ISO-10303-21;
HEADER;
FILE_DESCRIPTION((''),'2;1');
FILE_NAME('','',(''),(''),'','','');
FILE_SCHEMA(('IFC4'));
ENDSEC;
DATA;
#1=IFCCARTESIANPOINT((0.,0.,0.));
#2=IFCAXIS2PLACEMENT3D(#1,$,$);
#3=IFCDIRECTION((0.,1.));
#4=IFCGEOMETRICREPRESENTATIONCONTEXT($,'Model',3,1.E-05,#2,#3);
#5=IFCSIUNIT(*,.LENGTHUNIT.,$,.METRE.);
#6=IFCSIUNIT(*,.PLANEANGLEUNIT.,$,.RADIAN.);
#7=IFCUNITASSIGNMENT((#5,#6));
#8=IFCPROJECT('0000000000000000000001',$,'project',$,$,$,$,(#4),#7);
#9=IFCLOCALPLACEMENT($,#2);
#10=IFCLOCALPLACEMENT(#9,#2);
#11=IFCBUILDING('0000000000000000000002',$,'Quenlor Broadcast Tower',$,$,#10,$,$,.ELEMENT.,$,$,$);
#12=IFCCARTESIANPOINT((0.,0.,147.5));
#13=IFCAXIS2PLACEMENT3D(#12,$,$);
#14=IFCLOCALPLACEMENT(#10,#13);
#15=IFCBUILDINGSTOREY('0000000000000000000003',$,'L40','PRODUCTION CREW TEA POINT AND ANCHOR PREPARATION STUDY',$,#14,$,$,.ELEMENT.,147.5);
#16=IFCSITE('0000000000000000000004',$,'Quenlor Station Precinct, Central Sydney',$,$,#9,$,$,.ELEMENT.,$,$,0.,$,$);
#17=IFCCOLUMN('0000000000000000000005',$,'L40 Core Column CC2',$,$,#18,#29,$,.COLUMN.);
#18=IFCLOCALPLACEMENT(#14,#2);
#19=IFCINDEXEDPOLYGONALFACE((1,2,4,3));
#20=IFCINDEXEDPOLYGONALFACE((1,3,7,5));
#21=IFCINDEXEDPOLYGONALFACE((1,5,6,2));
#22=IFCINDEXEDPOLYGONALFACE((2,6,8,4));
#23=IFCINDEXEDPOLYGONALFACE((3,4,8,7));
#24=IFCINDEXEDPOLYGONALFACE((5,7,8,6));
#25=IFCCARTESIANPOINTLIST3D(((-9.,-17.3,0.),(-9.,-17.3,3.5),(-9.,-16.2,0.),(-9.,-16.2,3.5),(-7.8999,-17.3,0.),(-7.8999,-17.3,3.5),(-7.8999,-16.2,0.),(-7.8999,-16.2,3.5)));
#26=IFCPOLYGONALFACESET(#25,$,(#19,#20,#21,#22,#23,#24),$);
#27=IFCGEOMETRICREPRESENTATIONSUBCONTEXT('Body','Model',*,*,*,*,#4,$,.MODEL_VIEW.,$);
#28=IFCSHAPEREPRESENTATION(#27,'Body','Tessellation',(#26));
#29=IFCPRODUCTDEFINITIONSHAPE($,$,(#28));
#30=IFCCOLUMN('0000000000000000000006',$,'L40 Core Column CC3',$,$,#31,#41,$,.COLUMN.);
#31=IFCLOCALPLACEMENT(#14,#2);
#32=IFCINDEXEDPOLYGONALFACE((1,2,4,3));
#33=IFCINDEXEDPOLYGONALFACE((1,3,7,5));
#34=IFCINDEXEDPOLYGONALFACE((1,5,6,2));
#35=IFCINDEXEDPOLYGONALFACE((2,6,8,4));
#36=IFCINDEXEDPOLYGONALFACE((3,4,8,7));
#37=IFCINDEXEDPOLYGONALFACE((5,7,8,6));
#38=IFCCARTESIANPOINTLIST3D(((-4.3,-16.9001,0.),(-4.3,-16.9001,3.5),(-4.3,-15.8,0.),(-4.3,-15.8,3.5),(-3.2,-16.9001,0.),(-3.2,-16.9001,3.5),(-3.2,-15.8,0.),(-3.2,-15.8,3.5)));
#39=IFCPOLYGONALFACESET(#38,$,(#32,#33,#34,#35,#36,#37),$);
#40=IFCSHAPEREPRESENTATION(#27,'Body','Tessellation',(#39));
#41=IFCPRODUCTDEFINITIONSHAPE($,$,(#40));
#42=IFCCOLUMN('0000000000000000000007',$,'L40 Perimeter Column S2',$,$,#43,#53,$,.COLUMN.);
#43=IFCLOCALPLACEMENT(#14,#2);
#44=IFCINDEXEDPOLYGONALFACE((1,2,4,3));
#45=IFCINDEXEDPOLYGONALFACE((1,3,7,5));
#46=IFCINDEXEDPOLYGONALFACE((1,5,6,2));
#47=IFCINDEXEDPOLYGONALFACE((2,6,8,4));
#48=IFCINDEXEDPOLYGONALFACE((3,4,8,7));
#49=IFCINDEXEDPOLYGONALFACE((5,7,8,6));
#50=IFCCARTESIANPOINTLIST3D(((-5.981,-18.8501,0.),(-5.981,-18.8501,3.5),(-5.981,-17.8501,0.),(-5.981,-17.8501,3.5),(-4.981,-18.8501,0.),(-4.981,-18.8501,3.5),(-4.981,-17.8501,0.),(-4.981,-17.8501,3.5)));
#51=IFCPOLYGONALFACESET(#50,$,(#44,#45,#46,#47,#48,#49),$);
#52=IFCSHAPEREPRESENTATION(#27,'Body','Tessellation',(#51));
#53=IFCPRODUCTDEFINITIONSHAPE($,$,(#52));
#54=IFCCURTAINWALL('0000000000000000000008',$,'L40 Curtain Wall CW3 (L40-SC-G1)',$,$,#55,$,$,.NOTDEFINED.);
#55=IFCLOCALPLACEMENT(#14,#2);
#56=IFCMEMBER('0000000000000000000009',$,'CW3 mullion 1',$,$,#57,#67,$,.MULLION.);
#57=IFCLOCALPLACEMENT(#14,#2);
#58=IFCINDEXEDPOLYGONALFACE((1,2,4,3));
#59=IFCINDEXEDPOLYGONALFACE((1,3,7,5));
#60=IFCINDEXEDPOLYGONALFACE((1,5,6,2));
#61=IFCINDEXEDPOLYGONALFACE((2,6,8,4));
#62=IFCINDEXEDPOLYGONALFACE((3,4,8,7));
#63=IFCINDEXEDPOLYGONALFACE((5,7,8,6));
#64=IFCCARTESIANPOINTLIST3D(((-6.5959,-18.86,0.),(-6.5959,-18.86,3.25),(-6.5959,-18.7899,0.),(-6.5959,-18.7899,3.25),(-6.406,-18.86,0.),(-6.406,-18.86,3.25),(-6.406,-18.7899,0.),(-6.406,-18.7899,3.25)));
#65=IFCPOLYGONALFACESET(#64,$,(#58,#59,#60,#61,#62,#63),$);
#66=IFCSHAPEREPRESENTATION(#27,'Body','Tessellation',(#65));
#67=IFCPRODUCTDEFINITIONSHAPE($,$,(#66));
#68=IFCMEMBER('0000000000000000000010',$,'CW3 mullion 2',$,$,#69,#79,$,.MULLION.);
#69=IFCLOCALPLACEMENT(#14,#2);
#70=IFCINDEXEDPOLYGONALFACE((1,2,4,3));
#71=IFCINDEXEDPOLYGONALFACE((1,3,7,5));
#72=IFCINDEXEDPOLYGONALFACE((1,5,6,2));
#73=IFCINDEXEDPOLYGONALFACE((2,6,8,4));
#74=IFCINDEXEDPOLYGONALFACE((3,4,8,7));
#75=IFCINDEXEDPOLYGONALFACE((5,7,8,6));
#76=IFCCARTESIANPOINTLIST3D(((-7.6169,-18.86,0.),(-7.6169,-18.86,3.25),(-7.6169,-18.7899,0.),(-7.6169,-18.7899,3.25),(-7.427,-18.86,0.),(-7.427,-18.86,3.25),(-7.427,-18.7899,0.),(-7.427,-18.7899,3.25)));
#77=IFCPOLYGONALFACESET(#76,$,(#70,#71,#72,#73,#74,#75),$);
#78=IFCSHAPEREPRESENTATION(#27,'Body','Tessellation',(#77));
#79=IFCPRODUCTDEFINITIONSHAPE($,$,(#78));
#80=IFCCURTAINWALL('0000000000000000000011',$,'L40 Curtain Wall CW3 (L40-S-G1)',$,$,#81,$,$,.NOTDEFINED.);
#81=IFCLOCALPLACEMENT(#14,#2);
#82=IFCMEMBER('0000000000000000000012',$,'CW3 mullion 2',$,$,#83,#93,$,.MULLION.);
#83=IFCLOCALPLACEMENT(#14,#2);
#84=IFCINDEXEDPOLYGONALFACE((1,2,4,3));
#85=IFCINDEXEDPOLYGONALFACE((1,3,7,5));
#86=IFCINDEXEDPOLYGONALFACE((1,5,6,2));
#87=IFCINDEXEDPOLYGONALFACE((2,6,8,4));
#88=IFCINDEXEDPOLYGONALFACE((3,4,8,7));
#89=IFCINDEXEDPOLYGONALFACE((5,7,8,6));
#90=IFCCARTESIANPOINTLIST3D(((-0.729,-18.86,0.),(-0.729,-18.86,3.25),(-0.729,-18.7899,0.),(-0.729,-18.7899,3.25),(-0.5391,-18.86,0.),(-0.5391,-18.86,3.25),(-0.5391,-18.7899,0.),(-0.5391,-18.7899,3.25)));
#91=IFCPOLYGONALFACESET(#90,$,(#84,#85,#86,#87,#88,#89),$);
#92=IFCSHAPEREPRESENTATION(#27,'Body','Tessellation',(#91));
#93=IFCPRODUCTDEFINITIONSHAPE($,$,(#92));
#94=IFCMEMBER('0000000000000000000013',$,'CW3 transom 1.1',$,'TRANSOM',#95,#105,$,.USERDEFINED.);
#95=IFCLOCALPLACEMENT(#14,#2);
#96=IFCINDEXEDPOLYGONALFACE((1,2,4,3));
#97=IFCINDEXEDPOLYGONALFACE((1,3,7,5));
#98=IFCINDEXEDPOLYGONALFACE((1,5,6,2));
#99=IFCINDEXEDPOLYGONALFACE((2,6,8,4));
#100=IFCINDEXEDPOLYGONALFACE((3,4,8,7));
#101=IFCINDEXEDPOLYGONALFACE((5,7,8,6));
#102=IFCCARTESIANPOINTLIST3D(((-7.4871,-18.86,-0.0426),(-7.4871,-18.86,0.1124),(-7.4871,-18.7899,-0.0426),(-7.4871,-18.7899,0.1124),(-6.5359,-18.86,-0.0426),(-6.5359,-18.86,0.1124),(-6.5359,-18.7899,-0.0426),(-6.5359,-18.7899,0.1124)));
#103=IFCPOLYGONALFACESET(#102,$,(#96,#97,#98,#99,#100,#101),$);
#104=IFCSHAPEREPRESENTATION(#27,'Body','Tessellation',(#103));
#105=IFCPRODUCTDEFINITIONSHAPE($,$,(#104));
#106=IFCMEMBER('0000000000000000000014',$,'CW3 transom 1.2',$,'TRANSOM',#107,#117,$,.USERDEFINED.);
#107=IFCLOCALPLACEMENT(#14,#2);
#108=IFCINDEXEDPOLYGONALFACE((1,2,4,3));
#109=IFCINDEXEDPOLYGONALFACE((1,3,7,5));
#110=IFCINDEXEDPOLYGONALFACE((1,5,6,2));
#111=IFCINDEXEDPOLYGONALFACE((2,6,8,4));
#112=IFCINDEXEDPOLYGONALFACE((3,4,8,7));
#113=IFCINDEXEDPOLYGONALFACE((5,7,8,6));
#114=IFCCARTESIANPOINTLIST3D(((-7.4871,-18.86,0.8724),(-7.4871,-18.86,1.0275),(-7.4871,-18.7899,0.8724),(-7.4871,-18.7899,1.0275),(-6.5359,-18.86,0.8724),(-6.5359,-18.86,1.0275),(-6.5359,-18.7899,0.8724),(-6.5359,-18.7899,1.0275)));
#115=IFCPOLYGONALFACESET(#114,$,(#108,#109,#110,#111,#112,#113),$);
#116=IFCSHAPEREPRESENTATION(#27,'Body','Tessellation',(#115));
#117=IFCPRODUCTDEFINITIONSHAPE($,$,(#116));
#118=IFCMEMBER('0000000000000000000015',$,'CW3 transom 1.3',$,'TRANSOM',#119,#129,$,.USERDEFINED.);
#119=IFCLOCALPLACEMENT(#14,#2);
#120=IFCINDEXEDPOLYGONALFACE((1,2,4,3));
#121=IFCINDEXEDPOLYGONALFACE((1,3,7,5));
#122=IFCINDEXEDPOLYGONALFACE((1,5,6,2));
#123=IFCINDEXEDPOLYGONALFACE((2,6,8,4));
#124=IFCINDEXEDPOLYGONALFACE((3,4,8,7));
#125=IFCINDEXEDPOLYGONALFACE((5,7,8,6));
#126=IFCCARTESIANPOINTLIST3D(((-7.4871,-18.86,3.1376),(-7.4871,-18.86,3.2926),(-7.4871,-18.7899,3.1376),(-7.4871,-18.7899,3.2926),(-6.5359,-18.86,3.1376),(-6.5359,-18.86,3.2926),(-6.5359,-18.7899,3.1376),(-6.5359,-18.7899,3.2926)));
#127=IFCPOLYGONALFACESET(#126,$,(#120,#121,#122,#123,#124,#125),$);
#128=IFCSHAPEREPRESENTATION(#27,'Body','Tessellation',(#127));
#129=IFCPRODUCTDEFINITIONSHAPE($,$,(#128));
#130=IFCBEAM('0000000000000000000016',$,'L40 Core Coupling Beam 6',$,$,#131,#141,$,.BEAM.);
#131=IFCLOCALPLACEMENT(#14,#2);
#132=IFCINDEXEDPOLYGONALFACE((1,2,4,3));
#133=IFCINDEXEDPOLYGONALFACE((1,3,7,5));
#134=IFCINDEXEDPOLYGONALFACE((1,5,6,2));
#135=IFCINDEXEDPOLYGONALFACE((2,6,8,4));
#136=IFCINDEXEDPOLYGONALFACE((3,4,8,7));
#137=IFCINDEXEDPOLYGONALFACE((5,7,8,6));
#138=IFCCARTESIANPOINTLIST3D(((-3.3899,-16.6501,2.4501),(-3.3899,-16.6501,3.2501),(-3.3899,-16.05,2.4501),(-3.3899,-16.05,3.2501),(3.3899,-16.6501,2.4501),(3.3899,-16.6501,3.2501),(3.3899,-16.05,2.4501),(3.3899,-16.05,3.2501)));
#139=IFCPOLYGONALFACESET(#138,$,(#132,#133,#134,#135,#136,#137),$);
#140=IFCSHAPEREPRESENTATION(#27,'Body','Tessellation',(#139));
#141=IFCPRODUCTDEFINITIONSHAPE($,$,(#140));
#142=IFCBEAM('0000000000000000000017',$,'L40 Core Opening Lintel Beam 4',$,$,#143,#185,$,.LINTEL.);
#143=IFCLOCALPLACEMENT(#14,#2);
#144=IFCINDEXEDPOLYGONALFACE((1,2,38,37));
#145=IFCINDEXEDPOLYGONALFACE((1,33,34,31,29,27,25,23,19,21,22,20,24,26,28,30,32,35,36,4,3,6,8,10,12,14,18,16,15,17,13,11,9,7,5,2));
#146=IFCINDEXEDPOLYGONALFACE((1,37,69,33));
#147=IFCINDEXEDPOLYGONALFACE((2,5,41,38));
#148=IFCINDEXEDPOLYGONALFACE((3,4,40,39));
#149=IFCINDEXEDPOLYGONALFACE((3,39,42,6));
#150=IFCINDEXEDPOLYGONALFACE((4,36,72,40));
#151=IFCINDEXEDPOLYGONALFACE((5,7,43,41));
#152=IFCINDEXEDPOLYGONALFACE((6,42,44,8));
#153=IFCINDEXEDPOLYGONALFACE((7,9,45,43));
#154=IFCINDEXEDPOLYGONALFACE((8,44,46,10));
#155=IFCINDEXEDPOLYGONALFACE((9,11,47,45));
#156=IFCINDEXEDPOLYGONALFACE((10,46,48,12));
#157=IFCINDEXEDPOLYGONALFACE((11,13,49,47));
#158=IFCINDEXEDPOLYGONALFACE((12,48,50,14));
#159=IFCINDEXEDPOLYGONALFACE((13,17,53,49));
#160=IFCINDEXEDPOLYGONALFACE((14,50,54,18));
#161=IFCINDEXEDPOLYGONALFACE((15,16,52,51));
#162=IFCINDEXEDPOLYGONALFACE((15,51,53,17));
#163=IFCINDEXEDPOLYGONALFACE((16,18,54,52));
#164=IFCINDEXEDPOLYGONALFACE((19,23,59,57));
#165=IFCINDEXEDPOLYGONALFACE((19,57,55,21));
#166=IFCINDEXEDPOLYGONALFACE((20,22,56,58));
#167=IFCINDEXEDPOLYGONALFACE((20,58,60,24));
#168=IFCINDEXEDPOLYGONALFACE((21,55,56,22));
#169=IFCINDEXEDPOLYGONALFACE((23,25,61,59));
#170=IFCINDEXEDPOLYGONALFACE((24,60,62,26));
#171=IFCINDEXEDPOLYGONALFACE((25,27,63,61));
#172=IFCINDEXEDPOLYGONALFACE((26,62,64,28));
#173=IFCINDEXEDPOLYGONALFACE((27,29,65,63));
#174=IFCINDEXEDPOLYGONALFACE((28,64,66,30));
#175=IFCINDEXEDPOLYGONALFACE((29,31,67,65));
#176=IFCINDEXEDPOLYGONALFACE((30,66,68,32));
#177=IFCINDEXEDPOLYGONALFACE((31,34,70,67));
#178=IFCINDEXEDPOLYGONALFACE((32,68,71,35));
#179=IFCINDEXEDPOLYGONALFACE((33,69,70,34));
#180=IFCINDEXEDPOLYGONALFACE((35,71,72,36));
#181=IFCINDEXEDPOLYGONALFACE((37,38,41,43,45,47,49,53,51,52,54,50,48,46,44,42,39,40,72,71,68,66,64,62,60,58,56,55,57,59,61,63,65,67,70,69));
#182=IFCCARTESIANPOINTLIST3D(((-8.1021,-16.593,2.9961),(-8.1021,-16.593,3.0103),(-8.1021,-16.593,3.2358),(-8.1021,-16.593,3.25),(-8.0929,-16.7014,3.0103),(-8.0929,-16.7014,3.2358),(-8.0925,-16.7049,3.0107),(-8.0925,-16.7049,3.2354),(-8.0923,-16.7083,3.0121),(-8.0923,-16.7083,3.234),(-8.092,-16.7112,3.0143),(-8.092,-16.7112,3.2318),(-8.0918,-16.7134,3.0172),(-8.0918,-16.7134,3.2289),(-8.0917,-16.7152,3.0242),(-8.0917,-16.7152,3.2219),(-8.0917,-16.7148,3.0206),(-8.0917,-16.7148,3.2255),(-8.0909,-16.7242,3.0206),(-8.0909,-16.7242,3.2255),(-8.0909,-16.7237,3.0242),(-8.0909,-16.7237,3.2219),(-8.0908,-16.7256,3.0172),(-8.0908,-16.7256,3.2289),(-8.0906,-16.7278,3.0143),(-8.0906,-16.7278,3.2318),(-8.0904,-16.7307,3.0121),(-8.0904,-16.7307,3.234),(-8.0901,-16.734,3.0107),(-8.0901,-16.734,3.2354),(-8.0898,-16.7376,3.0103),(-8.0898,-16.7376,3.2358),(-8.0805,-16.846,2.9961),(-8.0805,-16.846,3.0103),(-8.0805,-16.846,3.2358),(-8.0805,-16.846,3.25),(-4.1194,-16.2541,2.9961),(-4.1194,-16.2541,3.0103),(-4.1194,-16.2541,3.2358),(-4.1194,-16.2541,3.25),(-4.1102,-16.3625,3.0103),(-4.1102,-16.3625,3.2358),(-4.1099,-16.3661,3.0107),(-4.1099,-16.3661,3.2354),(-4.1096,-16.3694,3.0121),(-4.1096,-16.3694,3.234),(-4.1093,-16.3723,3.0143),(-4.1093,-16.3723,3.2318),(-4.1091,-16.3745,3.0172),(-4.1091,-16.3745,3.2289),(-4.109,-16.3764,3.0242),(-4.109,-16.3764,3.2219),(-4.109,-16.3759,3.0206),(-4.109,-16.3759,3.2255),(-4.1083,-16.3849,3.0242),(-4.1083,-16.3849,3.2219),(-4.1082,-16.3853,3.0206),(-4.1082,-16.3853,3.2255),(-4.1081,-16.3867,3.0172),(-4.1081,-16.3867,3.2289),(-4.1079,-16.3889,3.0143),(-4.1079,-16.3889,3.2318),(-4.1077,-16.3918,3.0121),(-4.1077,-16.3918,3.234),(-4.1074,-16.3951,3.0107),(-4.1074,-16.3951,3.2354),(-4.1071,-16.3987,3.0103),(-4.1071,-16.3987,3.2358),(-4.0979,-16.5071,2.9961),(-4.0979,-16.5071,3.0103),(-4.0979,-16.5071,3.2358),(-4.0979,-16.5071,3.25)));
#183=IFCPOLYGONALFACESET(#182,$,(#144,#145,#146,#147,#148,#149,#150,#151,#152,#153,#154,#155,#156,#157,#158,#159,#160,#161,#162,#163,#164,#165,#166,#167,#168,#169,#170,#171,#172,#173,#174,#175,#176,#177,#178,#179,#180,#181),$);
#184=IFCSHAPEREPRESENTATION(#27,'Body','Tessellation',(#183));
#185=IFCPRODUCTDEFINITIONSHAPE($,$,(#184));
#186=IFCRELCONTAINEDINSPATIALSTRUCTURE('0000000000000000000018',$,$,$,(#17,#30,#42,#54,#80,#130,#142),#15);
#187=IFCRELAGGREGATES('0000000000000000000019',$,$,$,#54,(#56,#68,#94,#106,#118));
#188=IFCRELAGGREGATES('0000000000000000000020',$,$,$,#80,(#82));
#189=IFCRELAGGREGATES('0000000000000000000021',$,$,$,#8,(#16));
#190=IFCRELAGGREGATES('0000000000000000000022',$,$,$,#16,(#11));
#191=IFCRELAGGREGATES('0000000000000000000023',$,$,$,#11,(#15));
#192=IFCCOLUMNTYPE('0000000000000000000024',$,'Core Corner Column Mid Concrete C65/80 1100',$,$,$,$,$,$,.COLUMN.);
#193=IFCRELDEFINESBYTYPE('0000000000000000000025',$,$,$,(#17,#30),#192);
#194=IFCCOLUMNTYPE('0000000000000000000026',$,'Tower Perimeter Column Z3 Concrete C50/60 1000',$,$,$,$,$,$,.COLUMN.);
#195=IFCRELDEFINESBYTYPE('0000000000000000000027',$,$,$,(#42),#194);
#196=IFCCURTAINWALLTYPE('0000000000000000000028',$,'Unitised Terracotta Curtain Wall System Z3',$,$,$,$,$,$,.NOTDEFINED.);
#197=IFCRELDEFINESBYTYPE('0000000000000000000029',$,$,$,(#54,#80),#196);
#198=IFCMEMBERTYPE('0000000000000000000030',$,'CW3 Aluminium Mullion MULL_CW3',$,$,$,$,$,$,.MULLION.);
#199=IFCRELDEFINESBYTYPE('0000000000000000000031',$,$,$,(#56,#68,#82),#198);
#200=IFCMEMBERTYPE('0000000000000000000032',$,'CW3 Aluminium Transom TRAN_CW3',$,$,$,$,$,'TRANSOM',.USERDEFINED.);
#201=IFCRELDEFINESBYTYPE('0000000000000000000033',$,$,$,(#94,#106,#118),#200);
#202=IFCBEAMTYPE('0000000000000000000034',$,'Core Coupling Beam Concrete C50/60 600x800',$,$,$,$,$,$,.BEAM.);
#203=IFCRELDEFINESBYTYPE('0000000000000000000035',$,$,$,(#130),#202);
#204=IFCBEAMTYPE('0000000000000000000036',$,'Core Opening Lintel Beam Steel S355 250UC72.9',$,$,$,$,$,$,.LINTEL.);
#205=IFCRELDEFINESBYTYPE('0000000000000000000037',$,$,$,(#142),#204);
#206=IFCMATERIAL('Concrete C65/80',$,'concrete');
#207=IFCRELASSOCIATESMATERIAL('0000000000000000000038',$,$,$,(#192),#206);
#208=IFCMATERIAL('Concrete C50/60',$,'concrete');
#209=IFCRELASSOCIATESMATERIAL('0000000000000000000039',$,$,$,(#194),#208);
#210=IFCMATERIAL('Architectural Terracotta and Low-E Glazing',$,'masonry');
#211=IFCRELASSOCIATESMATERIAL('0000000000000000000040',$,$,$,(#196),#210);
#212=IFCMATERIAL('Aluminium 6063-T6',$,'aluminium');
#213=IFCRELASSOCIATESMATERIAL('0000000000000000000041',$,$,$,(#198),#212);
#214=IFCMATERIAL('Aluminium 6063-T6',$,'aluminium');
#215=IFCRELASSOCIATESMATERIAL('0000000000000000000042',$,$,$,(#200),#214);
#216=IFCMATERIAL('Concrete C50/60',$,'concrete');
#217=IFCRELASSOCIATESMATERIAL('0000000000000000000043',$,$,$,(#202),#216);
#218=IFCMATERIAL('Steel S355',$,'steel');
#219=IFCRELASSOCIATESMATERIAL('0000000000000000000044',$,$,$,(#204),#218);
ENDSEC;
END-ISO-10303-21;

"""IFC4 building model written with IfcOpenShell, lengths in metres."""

from ifc_helpers import new_model, si_unit, direction, frame, origin, origin_2d, place, context, subcontext, project, spatial, rectangle, i_section, extrude, material, material_profile, profile_set, type_object, element, aggregate, save


model = new_model("IFC4")

# Units and contexts
model_context = context("Model", 3, precision=1e-05, world=origin(), true_north=direction((0.0, 1.0)))
body_context = subcontext(model_context, "Body", "Model", "MODEL_VIEW")
ifc_project = project(units=[si_unit("LENGTHUNIT", "METRE"), si_unit("PLANEANGLEUNIT", "RADIAN")], contexts=[model_context])

# Site, building, storey
site_placement = place(None, origin())
site = spatial("IfcSite", under=ifc_project, at=site_placement, Name="Quenlor Station Precinct, Central Sydney", CompositionType="ELEMENT", RefElevation=0.0)
building_placement = place(site_placement, origin())
building = spatial("IfcBuilding", under=site, at=building_placement, Name="Quenlor Broadcast Tower", CompositionType="ELEMENT")
storey_placement = place(building_placement, frame((0.0, 0.0, 147.5)))
storey = spatial("IfcBuildingStorey", under=building, at=storey_placement, Name="L40", Description="PRODUCTION CREW TEA POINT AND ANCHOR PREPARATION STUDY", CompositionType="ELEMENT", Elevation=147.5)

# Columns
ifc_material_1 = material(Name="Concrete C65/80", Category="concrete")
ifc_material_profile_1 = material_profile(ifc_material_1, rectangle(XDim=1.1001, YDim=1.1001, at=origin_2d()))
ifc_profile_set_1 = profile_set([ifc_material_profile_1], Name="Concrete C65/80 RC1100x1100")
column_type_1 = type_object("IfcColumnType", Name="Core Corner Column Mid Concrete C65/80 1100", PredefinedType="COLUMN", material=ifc_profile_set_1)
for number, where, z_axis, x_axis, name in (
    (1, (-8.45, -16.75, 0.0), (0.0, 0.0, 1.0), (1.0, 0.0, 0.0), "L40 Core Column CC2"),
    (2, (-3.75, -16.3501, 0.0), (0.0, 0.0, 1.0), (1.0, 0.0, 0.0), "L40 Core Column CC3"),
):
    element("IfcColumn", number, at=place(storey_placement, frame(where, z_axis=z_axis, x_axis=x_axis)), inside=storey, type_object=column_type_1, Name=name, PredefinedType="COLUMN", context=body_context, shape_type="SweptSolid", body=[
        extrude(rectangle(XDim=1.1001, YDim=1.1001, at=origin_2d()), origin(), (0.0, 0.0, 1.0), 3.5),
    ])
ifc_material_2 = material(Name="Concrete C50/60", Category="concrete")
ifc_material_profile_2 = material_profile(ifc_material_2, rectangle(XDim=1.0, YDim=1.0, at=origin_2d()))
ifc_profile_set_2 = profile_set([ifc_material_profile_2], Name="Concrete C50/60 RC1000x1000")
column_type_2 = type_object("IfcColumnType", Name="Tower Perimeter Column Z3 Concrete C50/60 1000", PredefinedType="COLUMN", material=ifc_profile_set_2)
column_placement = place(storey_placement, frame((-5.481, -18.3501, 0.0), z_axis=(0.0, 0.0, 1.0), x_axis=(0.0, 1.0, 0.0)))
element("IfcColumn", 3, at=column_placement, inside=storey, type_object=column_type_2, Name="L40 Perimeter Column S2", PredefinedType="COLUMN", context=body_context, shape_type="SweptSolid", body=[
    extrude(rectangle(XDim=1.0, YDim=1.0, at=origin_2d()), origin(), (0.0, 0.0, 1.0), 3.5),
])

# Curtain wall, members
ifc_material_3 = material(Name="Architectural Terracotta and Low-E Glazing", Category="masonry")
curtain_wall_type = type_object("IfcCurtainWallType", Name="Unitised Terracotta Curtain Wall System Z3", PredefinedType="NOTDEFINED", material=ifc_material_3)
curtain_wall_1_placement = place(storey_placement, origin())
curtain_wall_1 = element("IfcCurtainWall", 4, at=curtain_wall_1_placement, inside=storey, type_object=curtain_wall_type, Name="L40 Curtain Wall CW3 (L40-SC-G1)", PredefinedType="NOTDEFINED")
ifc_material_4 = material(Name="Aluminium 6063-T6", Category="aluminium")
ifc_material_profile_3 = material_profile(ifc_material_4, rectangle(XDim=0.0701, YDim=0.1899, at=origin_2d()))
ifc_profile_set_3 = profile_set([ifc_material_profile_3], Name="Aluminium 6063-T6 MULL70x190")
member_type_1 = type_object("IfcMemberType", Name="CW3 Aluminium Mullion MULL_CW3", PredefinedType="MULLION", material=ifc_profile_set_3)
member_1_placement = place(storey_placement, frame((-6.501, -18.825, 0.0), z_axis=(0.0, 0.0, 1.0), x_axis=(0.0, -1.0, 0.0)))
member_1 = element("IfcMember", 5, at=member_1_placement, type_object=member_type_1, Name="CW3 mullion 1", PredefinedType="MULLION", context=body_context, shape_type="SweptSolid", body=[
    extrude(rectangle(XDim=0.0701, YDim=0.1899, at=origin_2d()), origin(), (0.0, 0.0, 1.0), 3.25),
])
member_2_placement = place(storey_placement, frame((-7.522, -18.825, 0.0), z_axis=(0.0, 0.0, 1.0), x_axis=(0.0, -1.0, 0.0)))
member_2 = element("IfcMember", 6, at=member_2_placement, type_object=member_type_1, Name="CW3 mullion 2", PredefinedType="MULLION", context=body_context, shape_type="SweptSolid", body=[
    extrude(rectangle(XDim=0.0701, YDim=0.1899, at=origin_2d()), origin(), (0.0, 0.0, 1.0), 3.25),
])

# Curtain wall, member
curtain_wall_2_placement = place(storey_placement, origin())
curtain_wall_2 = element("IfcCurtainWall", 7, at=curtain_wall_2_placement, inside=storey, type_object=curtain_wall_type, Name="L40 Curtain Wall CW3 (L40-S-G1)", PredefinedType="NOTDEFINED")
member_3_placement = place(storey_placement, frame((-0.634, -18.825, 0.0), z_axis=(0.0, 0.0, 1.0), x_axis=(0.0, -1.0, 0.0)))
member_3 = element("IfcMember", 8, at=member_3_placement, type_object=member_type_1, Name="CW3 mullion 2", PredefinedType="MULLION", context=body_context, shape_type="SweptSolid", body=[
    extrude(rectangle(XDim=0.0701, YDim=0.1899, at=origin_2d()), origin(), (0.0, 0.0, 1.0), 3.25),
])

# Members
ifc_material_5 = material(Name="Aluminium 6063-T6", Category="aluminium")
ifc_material_profile_4 = material_profile(ifc_material_5, rectangle(XDim=0.0701, YDim=0.155, at=origin_2d()))
ifc_profile_set_4 = profile_set([ifc_material_profile_4], Name="Aluminium 6063-T6 TRAN70x155")
member_type_2 = type_object("IfcMemberType", Name="CW3 Aluminium Transom TRAN_CW3", ElementType="TRANSOM", PredefinedType="USERDEFINED", material=ifc_profile_set_4)
member_4_placement = place(storey_placement, frame((-6.5359, -18.825, 0.0349), z_axis=(-1.0, 0.0, 0.0), x_axis=(0.0, -1.0, 0.0)))
member_4 = element("IfcMember", 9, at=member_4_placement, type_object=member_type_2, Name="CW3 transom 1.1", ObjectType="TRANSOM", PredefinedType="USERDEFINED", context=body_context, shape_type="SweptSolid", body=[
    extrude(rectangle(XDim=0.0701, YDim=0.155, at=origin_2d()), origin(), (0.0, 0.0, 1.0), 0.9512),
])
member_5_placement = place(storey_placement, frame((-6.5359, -18.825, 0.95), z_axis=(-1.0, 0.0, 0.0), x_axis=(0.0, -1.0, 0.0)))
member_5 = element("IfcMember", 10, at=member_5_placement, type_object=member_type_2, Name="CW3 transom 1.2", ObjectType="TRANSOM", PredefinedType="USERDEFINED", context=body_context, shape_type="SweptSolid", body=[
    extrude(rectangle(XDim=0.0701, YDim=0.155, at=origin_2d()), origin(), (0.0, 0.0, 1.0), 0.9512),
])
member_6_placement = place(storey_placement, frame((-6.5359, -18.825, 3.2151), z_axis=(-1.0, 0.0, 0.0), x_axis=(0.0, -1.0, 0.0)))
member_6 = element("IfcMember", 11, at=member_6_placement, type_object=member_type_2, Name="CW3 transom 1.3", ObjectType="TRANSOM", PredefinedType="USERDEFINED", context=body_context, shape_type="SweptSolid", body=[
    extrude(rectangle(XDim=0.0701, YDim=0.155, at=origin_2d()), origin(), (0.0, 0.0, 1.0), 0.9512),
])

# Beams
ifc_material_6 = material(Name="Concrete C50/60", Category="concrete")
ifc_material_profile_5 = material_profile(ifc_material_6, rectangle(XDim=0.6001, YDim=0.8, at=origin_2d()))
ifc_profile_set_5 = profile_set([ifc_material_profile_5], Name="Concrete C50/60 RCB600x800")
beam_type_1 = type_object("IfcBeamType", Name="Core Coupling Beam Concrete C50/60 600x800", PredefinedType="BEAM", material=ifc_profile_set_5)
beam_1_placement = place(storey_placement, frame((-3.3899, -16.3501, 2.8501), z_axis=(1.0, 0.0, 0.0), x_axis=(0.0, 1.0, 0.0)))
element("IfcBeam", 12, at=beam_1_placement, inside=storey, type_object=beam_type_1, Name="L40 Core Coupling Beam 6", PredefinedType="BEAM", context=body_context, shape_type="SweptSolid", body=[
    extrude(rectangle(XDim=0.6001, YDim=0.8, at=origin_2d()), origin(), (0.0, 0.0, 1.0), 6.7798),
])
ifc_material_7 = material(Name="Steel S355", Category="steel")
ifc_material_profile_6 = material_profile(ifc_material_7, i_section(OverallWidth=0.2539, OverallDepth=0.2539, WebThickness=0.0085, FlangeThickness=0.0142, FilletRadius=0.0139, at=origin_2d()))
ifc_profile_set_6 = profile_set([ifc_material_profile_6], Name="Steel S355 250UC72.9")
beam_type_2 = type_object("IfcBeamType", Name="Core Opening Lintel Beam Steel S355 250UC72.9", PredefinedType="LINTEL", material=ifc_profile_set_6)
beam_2_placement = place(storey_placement, frame((-8.0913, -16.7195, 3.123), z_axis=(0.9964, 0.084779, 0.0), x_axis=(-0.084779, 0.9964, 0.0)))
element("IfcBeam", 13, at=beam_2_placement, inside=storey, type_object=beam_type_2, Name="L40 Core Opening Lintel Beam 4", PredefinedType="LINTEL", context=body_context, shape_type="SweptSolid", body=[
    extrude(i_section(OverallWidth=0.2539, OverallDepth=0.2539, WebThickness=0.0085, FlangeThickness=0.0142, FilletRadius=0.0139, at=origin_2d()), origin(), (0.0, 0.0, 1.0), 3.9971),
])

aggregate(curtain_wall_1, [member_1, member_2, member_4, member_5, member_6])
aggregate(curtain_wall_2, [member_3])

save(model, "model.ifc")
